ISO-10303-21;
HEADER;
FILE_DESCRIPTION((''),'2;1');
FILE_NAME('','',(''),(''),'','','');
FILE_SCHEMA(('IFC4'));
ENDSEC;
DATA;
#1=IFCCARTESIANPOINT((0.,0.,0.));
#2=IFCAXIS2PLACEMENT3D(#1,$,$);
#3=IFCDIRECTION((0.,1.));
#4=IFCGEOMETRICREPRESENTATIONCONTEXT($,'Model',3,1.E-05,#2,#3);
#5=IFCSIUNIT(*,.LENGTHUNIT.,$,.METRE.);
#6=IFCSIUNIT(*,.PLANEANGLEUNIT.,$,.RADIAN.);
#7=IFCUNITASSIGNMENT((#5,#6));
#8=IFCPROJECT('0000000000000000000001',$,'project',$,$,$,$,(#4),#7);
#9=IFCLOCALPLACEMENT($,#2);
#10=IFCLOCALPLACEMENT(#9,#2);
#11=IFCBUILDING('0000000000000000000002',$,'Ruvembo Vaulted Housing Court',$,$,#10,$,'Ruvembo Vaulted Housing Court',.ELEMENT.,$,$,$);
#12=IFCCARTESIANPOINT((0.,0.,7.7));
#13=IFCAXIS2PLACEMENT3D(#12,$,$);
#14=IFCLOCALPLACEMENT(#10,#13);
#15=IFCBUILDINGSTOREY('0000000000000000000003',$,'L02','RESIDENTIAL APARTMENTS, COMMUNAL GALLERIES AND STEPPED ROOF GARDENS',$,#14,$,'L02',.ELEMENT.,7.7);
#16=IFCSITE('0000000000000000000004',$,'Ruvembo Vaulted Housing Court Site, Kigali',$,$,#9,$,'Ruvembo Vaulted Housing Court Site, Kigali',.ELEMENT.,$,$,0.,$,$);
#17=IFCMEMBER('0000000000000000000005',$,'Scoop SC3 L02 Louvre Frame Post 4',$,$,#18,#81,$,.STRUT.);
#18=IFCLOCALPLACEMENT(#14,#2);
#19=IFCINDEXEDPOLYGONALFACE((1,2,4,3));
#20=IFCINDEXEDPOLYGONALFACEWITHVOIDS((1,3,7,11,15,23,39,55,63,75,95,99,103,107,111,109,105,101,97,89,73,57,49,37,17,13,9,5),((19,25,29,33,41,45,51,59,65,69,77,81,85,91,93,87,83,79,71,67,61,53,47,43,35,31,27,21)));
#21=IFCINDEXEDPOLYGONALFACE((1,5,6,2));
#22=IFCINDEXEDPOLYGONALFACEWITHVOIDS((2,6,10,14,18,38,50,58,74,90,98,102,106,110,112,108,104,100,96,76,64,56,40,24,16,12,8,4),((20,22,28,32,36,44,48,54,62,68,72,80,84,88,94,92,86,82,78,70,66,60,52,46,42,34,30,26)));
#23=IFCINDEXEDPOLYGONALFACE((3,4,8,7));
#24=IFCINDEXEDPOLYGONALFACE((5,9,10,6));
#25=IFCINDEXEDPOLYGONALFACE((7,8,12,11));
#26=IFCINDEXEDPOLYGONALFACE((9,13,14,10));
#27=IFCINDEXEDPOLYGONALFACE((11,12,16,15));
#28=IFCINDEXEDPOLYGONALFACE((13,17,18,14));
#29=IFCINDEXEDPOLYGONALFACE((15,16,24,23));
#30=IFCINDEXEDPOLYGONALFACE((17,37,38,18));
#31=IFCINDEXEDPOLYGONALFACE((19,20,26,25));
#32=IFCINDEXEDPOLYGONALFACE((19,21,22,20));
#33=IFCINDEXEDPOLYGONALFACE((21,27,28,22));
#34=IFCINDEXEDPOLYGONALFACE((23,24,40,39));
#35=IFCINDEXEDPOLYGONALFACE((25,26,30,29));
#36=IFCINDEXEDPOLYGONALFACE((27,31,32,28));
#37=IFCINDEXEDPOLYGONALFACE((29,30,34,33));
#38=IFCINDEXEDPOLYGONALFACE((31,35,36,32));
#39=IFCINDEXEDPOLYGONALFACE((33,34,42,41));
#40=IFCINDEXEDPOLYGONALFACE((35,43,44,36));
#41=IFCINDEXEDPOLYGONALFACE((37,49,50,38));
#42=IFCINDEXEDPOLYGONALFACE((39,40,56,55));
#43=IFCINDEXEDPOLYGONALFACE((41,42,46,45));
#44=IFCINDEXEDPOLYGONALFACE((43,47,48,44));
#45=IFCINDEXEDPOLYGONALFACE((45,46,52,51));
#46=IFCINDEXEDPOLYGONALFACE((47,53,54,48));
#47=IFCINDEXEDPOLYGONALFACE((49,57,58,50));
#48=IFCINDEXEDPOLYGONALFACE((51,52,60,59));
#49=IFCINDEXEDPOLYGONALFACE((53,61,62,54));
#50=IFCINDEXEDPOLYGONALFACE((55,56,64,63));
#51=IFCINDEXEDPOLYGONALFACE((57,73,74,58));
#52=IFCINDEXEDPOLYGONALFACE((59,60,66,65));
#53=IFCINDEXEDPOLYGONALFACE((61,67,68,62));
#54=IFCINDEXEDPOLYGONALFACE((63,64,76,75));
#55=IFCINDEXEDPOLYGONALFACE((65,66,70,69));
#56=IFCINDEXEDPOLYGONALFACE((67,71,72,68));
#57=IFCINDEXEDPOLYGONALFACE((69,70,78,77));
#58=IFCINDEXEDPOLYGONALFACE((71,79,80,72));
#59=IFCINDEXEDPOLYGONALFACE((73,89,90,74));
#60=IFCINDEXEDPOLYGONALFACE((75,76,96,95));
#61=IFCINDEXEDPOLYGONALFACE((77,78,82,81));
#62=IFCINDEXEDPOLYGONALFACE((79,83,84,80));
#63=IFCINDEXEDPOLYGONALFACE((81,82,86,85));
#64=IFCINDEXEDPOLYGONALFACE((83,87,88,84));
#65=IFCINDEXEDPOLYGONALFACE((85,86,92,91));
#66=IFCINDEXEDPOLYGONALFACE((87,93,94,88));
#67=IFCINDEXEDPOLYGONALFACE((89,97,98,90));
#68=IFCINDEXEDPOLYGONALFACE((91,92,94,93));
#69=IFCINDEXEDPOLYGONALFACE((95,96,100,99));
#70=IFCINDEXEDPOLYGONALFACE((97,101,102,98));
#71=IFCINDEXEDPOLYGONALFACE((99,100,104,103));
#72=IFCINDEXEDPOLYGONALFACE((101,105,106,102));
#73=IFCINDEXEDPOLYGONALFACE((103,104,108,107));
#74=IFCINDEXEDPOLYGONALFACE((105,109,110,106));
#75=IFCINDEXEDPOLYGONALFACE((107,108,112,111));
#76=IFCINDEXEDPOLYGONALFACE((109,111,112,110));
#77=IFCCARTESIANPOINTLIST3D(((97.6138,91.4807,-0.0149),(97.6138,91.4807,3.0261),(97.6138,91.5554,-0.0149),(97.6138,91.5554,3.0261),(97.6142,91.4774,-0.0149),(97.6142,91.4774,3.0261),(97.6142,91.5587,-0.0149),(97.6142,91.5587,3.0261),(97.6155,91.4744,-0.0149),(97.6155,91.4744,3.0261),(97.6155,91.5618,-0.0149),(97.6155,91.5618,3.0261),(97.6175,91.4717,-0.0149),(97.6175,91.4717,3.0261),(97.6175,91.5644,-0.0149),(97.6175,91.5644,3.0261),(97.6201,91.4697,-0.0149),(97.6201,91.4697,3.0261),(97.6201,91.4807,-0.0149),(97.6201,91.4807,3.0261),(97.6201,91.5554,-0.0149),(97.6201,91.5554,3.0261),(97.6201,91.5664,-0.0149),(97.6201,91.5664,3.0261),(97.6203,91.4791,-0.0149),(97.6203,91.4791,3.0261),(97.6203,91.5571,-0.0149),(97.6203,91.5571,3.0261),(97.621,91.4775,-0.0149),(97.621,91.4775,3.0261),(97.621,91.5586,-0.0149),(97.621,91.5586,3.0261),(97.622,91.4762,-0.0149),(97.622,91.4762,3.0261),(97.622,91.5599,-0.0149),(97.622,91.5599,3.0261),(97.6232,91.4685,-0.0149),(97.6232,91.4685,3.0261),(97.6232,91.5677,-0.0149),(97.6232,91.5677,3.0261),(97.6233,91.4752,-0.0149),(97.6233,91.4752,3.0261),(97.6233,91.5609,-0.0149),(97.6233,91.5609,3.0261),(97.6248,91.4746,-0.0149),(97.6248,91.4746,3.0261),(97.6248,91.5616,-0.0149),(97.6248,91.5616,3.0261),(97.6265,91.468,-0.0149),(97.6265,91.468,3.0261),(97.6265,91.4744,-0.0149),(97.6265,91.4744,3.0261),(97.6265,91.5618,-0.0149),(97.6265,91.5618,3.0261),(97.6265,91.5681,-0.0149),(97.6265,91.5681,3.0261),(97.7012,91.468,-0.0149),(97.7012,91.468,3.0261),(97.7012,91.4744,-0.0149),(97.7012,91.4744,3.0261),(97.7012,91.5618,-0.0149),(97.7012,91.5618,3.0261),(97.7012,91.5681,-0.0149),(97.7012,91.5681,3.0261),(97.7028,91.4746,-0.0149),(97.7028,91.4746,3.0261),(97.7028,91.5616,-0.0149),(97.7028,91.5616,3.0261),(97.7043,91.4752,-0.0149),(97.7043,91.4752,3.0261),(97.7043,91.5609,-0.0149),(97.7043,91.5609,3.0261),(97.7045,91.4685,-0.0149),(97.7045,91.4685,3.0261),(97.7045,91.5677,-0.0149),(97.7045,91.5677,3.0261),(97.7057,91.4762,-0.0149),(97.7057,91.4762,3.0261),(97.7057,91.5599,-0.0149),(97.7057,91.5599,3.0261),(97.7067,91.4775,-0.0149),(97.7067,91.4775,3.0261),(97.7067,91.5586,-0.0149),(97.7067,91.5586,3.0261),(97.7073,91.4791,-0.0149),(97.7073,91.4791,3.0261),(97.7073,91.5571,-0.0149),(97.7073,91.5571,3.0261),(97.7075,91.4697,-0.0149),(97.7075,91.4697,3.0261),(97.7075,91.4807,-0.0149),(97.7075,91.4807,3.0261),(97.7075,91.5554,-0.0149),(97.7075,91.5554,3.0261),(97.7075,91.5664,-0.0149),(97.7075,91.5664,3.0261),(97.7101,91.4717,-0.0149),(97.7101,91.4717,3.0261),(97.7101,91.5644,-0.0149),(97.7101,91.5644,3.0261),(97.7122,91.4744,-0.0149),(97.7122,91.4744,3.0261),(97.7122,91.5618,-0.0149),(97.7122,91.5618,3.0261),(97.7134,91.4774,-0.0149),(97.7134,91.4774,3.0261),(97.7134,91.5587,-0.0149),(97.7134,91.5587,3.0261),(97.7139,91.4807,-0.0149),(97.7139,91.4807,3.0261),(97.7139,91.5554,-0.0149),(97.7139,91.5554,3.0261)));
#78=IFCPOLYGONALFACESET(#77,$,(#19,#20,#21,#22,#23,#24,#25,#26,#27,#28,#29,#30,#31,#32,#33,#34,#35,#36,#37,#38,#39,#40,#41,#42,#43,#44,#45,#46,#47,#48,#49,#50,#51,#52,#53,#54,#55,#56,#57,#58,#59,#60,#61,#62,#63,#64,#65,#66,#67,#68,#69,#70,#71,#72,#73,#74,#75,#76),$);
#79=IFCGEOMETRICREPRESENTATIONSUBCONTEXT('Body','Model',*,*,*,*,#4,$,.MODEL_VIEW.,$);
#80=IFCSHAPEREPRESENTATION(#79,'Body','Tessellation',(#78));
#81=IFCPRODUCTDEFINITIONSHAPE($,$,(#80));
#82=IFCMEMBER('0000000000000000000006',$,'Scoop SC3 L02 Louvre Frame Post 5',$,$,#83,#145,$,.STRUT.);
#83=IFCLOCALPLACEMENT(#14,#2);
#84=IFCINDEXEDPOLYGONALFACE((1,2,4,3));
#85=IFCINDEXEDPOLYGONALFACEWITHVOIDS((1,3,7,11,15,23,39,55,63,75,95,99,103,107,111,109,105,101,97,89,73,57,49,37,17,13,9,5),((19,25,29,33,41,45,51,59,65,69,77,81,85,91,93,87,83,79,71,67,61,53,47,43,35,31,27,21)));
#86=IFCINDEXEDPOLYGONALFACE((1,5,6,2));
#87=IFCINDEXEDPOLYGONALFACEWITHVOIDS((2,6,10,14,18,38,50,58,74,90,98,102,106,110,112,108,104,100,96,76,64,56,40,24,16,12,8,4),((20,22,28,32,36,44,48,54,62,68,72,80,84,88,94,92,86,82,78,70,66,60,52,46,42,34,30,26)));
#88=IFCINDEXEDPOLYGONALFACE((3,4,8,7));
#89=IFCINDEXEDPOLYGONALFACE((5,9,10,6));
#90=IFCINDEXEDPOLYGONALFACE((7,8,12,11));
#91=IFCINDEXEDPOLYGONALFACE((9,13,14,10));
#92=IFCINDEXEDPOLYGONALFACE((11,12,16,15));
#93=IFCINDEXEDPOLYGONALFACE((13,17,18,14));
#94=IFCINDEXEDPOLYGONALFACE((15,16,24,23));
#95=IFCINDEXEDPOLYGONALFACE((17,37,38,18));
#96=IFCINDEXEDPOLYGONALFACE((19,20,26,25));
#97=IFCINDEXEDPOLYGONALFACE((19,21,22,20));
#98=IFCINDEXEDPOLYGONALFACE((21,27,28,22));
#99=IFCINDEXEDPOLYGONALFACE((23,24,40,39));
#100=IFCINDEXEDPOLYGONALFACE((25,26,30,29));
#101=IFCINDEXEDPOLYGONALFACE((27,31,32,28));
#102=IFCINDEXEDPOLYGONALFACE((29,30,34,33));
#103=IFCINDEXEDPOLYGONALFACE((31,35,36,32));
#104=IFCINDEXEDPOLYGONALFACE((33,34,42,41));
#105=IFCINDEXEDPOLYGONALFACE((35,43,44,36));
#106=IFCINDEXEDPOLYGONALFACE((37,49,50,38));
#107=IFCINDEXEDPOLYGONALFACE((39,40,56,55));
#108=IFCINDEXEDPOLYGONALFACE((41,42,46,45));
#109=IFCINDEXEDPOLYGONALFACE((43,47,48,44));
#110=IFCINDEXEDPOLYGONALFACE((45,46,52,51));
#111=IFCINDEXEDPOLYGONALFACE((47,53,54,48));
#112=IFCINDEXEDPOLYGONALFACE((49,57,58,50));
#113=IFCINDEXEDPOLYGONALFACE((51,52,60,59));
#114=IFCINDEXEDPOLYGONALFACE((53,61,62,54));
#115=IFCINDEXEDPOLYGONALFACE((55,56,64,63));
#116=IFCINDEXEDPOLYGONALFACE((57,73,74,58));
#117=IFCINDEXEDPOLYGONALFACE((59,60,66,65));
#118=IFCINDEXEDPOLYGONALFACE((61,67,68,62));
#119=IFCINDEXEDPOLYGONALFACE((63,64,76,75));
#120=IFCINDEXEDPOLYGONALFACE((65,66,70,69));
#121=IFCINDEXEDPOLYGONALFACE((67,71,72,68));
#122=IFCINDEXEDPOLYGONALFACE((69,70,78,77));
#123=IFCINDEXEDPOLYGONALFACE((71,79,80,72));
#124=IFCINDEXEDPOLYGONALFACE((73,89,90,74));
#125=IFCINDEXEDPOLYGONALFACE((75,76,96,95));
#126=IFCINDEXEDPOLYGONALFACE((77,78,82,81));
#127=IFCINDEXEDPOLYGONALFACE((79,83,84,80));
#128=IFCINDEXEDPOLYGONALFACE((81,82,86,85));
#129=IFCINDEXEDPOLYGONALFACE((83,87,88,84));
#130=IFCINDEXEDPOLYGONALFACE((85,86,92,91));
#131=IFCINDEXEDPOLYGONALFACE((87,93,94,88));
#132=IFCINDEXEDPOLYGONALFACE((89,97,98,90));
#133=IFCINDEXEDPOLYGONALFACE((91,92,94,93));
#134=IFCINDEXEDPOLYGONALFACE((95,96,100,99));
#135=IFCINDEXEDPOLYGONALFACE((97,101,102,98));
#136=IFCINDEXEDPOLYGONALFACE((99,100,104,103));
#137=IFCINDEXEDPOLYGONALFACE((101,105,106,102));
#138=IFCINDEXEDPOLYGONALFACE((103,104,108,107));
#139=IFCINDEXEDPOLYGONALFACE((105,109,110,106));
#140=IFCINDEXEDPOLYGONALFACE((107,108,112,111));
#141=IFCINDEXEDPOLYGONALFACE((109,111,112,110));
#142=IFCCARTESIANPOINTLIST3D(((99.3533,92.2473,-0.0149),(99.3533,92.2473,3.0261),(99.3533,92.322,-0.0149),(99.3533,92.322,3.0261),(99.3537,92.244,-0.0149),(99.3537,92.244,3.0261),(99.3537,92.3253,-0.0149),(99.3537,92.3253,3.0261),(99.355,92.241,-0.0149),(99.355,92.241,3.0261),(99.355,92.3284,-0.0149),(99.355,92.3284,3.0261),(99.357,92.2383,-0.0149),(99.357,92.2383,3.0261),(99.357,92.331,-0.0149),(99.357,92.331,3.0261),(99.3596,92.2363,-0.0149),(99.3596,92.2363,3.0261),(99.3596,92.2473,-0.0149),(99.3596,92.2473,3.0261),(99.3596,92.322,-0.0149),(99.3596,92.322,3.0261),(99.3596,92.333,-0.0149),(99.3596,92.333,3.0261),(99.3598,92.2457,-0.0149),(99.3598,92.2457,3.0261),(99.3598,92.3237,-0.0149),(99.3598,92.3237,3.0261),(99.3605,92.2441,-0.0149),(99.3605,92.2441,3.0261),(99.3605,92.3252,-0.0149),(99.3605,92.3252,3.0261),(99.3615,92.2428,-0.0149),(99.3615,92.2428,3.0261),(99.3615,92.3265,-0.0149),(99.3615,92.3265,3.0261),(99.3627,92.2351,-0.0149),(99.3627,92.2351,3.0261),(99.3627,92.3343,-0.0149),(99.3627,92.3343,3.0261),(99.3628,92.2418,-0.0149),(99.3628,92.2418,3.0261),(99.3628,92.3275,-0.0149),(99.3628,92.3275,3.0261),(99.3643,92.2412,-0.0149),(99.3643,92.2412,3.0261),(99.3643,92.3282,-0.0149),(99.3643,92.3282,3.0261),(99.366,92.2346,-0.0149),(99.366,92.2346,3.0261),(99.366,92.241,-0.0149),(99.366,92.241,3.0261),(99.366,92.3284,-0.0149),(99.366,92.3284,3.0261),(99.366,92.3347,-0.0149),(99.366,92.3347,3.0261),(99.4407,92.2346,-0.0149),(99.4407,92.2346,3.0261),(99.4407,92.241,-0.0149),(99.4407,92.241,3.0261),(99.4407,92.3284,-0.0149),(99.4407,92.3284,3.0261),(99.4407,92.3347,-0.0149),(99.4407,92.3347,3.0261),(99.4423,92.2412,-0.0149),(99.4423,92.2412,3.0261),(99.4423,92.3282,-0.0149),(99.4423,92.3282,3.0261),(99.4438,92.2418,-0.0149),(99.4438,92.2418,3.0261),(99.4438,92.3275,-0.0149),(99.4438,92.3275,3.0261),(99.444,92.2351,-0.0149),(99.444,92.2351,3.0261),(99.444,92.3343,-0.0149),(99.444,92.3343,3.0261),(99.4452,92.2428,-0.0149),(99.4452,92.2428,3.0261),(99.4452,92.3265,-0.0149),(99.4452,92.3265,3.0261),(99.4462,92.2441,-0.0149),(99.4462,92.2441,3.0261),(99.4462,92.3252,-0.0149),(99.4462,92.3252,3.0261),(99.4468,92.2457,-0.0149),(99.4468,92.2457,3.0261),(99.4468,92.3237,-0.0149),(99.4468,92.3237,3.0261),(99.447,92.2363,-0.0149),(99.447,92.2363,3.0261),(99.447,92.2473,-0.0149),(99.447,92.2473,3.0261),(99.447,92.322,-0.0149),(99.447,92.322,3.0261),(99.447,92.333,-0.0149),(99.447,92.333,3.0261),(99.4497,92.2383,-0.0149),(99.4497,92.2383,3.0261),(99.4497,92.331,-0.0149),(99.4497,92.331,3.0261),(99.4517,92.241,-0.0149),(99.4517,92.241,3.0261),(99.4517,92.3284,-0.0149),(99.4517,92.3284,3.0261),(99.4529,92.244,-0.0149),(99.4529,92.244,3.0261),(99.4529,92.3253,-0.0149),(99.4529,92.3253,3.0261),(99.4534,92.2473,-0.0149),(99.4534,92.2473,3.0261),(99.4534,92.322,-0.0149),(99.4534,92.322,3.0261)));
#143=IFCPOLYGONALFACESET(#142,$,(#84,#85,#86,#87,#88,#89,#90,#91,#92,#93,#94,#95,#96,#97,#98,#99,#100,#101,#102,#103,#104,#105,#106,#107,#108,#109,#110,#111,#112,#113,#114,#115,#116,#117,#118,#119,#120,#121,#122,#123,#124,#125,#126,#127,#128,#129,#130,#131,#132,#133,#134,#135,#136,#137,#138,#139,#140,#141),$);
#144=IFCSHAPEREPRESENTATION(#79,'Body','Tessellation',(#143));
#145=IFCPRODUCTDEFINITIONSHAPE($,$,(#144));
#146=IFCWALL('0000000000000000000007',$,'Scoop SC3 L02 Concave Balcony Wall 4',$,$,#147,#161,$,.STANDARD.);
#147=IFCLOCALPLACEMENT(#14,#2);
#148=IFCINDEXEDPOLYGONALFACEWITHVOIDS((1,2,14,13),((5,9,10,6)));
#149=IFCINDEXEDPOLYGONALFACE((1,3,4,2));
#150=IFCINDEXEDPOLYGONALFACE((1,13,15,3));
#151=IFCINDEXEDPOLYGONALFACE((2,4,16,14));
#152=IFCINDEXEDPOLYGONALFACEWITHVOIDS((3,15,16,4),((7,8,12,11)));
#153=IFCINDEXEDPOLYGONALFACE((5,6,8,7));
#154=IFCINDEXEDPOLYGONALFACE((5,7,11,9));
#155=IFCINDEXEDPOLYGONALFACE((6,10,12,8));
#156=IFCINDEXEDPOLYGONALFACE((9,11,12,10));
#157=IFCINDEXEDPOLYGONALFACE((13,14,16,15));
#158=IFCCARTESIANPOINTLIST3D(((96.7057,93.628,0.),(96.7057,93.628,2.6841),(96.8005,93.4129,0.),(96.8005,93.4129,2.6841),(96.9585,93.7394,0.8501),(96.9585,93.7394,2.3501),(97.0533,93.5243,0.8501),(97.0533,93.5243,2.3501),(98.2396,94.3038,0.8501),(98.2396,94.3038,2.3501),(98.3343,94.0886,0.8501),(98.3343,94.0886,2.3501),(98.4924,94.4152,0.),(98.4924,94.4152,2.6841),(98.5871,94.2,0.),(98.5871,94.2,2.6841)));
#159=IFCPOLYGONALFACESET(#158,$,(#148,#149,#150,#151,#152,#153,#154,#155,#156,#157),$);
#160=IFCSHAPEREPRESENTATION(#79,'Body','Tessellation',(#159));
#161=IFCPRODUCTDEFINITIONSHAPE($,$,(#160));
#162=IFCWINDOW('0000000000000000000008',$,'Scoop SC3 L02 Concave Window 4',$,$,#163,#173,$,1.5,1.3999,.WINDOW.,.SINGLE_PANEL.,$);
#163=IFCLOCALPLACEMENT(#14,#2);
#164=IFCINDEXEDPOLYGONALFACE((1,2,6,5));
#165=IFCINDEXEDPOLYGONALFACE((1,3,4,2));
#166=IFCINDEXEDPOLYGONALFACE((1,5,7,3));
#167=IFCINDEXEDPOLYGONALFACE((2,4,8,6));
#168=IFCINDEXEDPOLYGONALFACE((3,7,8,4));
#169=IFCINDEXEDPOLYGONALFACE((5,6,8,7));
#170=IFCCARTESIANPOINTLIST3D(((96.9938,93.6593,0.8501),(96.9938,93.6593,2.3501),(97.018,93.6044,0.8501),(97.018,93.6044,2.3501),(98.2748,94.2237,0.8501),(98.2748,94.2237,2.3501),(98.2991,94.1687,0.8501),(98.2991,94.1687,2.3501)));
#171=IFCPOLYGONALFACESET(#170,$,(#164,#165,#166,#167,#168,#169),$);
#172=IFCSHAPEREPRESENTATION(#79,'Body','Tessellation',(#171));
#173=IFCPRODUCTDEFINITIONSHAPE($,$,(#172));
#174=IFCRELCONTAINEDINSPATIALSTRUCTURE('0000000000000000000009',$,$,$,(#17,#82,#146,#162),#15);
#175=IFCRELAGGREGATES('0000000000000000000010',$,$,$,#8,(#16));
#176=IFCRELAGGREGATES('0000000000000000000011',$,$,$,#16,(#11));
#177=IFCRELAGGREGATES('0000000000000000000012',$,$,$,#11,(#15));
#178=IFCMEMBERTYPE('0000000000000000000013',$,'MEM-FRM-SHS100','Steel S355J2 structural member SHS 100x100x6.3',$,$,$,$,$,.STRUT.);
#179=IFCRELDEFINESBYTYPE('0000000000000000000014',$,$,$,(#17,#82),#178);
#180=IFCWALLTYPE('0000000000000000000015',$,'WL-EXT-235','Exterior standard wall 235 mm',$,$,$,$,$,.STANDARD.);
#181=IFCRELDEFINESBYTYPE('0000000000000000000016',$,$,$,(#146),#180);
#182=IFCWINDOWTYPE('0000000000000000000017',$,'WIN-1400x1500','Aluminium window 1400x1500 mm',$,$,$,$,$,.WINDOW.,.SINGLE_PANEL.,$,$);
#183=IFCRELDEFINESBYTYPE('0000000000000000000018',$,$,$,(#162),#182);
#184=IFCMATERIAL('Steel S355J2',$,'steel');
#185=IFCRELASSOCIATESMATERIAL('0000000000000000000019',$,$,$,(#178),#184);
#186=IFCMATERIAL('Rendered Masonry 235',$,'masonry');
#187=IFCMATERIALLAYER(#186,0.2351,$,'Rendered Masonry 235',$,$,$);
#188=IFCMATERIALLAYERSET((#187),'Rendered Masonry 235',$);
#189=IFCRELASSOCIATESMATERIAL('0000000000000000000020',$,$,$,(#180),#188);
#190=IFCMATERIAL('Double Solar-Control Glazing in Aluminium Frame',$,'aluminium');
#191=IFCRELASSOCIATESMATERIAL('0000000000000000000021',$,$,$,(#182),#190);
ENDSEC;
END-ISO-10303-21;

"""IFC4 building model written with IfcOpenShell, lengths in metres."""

from ifc_helpers import new_model, si_unit, direction, frame, frame_2d, origin, origin_2d, place, context, subcontext, project, spatial, rectangle, hollow_rectangle, extrude, material, layer, layer_set, material_profile, profile_set, type_object, element, fill, save


model = new_model("IFC4")

# Units and contexts
model_context = context("Model", 3, precision=1e-05, world=origin(), true_north=direction((0.0, 1.0)))
body_context = subcontext(model_context, "Body", "Model", "MODEL_VIEW")
ifc_project = project(units=[si_unit("LENGTHUNIT", "METRE"), si_unit("PLANEANGLEUNIT", "RADIAN")], contexts=[model_context])

# Site, building, storey
site_placement = place(None, origin())
site = spatial("IfcSite", under=ifc_project, at=site_placement, Name="Ruvembo Vaulted Housing Court Site, Kigali", LongName="Ruvembo Vaulted Housing Court Site, Kigali", CompositionType="ELEMENT", RefElevation=0.0)
building_placement = place(site_placement, origin())
building = spatial("IfcBuilding", under=site, at=building_placement, Name="Ruvembo Vaulted Housing Court", LongName="Ruvembo Vaulted Housing Court", CompositionType="ELEMENT")
storey_placement = place(building_placement, frame((0.0, 0.0, 7.7)))
storey = spatial("IfcBuildingStorey", under=building, at=storey_placement, Name="L02", Description="RESIDENTIAL APARTMENTS, COMMUNAL GALLERIES AND STEPPED ROOF GARDENS", LongName="L02", CompositionType="ELEMENT", Elevation=7.7)

# Shared definitions
ifc_material_1 = material(Name="Steel S355J2", Category="steel")

# Members
ifc_material_profile_1 = material_profile(ifc_material_1, hollow_rectangle(XDim=0.1001, YDim=0.1001, WallThickness=0.0063, InnerFilletRadius=0.0063, OuterFilletRadius=0.0127, at=origin_2d()), Name="SHS 100x100x6.3")
ifc_profile_set_1 = profile_set([ifc_material_profile_1], Name="Steel S355J2")
member_type_1 = type_object("IfcMemberType", Name="MEM-FRM-SHS100", Description="Steel S355J2 structural member SHS 100x100x6.3", PredefinedType="STRUT", material=ifc_profile_set_1)
for number, where, z_axis, x_axis, name in (
    (1, (97.6638, 91.5181, -0.0149), (0.0, 0.0, 1.0), (1.0, 0.0, 0.0), "Scoop SC3 L02 Louvre Frame Post 4"),
    (2, (99.4033, 92.2847, -0.0149), (0.0, 0.0, 1.0), (1.0, 0.0, 0.0), "Scoop SC3 L02 Louvre Frame Post 5"),
):
    element("IfcMember", number, at=place(storey_placement, frame(where, z_axis=z_axis, x_axis=x_axis)), inside=storey, type_object=member_type_1, Name=name, PredefinedType="STRUT", context=body_context, shape_type="SweptSolid", body=[
        extrude(hollow_rectangle(XDim=0.1001, YDim=0.1001, WallThickness=0.0063, InnerFilletRadius=0.0063, OuterFilletRadius=0.0127, at=origin_2d()), origin(), (0.0, 0.0, 1.0), 3.041),
    ])

# Wall, opening, window
ifc_material_2 = material(Name="Rendered Masonry 235", Category="masonry")
ifc_layer_1 = layer(ifc_material_2, 0.2351, Name="Rendered Masonry 235")
ifc_layer_set_1 = layer_set([ifc_layer_1], Name="Rendered Masonry 235")
wall_type = type_object("IfcWallType", Name="WL-EXT-235", Description="Exterior standard wall 235 mm", PredefinedType="STANDARD", material=ifc_layer_set_1)
wall_placement = place(storey_placement, frame((96.7532, 93.5205, 0.0), z_axis=(0.0, 0.0, 1.0), x_axis=(0.915127, 0.403166, 0.0)))
wall = element("IfcWall", 3, at=wall_placement, inside=storey, type_object=wall_type, Name="Scoop SC3 L02 Concave Balcony Wall 4", PredefinedType="STANDARD", context=body_context, shape_type="SweptSolid", body=[
    extrude(rectangle(XDim=1.9524, YDim=0.2351, at=frame_2d((0.9761, 0.0))), origin(), (0.0, 0.0, 1.0), 2.6841),
])
opening_placement = place(wall_placement, frame((0.2761, 0.0, 0.8501)))
opening = element("IfcOpeningElement", 4, at=opening_placement, cuts=wall, PredefinedType="OPENING", context=body_context, shape_type="SweptSolid", body=[
    extrude(rectangle(XDim=1.3999, YDim=1.5, at=frame_2d((0.7, 0.75))), frame((0.0, 0.1274, 0.0), z_axis=(0.0, -1.0, 0.0), x_axis=(1.0, 0.0, 0.0)), (0.0, 0.0, 1.0), 0.2551),
])
ifc_material_3 = material(Name="Double Solar-Control Glazing in Aluminium Frame", Category="aluminium")
window_type = type_object("IfcWindowType", Name="WIN-1400x1500", Description="Aluminium window 1400x1500 mm", PartitioningType="SINGLE_PANEL", PredefinedType="WINDOW", material=ifc_material_3)
window_placement = place(opening_placement, origin())
window = element("IfcWindow", 5, at=window_placement, inside=storey, type_object=window_type, Name="Scoop SC3 L02 Concave Window 4", OverallHeight=1.5, OverallWidth=1.3999, PartitioningType="SINGLE_PANEL", PredefinedType="WINDOW", context=body_context, shape_type="SweptSolid", body=[
    extrude(rectangle(XDim=1.3999, YDim=1.5, at=frame_2d((0.7, 0.75))), frame((0.0, 0.03, 0.0), z_axis=(0.0, -1.0, 0.0), x_axis=(1.0, 0.0, 0.0)), (0.0, 0.0, 1.0), 0.0601),
])
fill(opening, window)

save(model, "model.ifc")
